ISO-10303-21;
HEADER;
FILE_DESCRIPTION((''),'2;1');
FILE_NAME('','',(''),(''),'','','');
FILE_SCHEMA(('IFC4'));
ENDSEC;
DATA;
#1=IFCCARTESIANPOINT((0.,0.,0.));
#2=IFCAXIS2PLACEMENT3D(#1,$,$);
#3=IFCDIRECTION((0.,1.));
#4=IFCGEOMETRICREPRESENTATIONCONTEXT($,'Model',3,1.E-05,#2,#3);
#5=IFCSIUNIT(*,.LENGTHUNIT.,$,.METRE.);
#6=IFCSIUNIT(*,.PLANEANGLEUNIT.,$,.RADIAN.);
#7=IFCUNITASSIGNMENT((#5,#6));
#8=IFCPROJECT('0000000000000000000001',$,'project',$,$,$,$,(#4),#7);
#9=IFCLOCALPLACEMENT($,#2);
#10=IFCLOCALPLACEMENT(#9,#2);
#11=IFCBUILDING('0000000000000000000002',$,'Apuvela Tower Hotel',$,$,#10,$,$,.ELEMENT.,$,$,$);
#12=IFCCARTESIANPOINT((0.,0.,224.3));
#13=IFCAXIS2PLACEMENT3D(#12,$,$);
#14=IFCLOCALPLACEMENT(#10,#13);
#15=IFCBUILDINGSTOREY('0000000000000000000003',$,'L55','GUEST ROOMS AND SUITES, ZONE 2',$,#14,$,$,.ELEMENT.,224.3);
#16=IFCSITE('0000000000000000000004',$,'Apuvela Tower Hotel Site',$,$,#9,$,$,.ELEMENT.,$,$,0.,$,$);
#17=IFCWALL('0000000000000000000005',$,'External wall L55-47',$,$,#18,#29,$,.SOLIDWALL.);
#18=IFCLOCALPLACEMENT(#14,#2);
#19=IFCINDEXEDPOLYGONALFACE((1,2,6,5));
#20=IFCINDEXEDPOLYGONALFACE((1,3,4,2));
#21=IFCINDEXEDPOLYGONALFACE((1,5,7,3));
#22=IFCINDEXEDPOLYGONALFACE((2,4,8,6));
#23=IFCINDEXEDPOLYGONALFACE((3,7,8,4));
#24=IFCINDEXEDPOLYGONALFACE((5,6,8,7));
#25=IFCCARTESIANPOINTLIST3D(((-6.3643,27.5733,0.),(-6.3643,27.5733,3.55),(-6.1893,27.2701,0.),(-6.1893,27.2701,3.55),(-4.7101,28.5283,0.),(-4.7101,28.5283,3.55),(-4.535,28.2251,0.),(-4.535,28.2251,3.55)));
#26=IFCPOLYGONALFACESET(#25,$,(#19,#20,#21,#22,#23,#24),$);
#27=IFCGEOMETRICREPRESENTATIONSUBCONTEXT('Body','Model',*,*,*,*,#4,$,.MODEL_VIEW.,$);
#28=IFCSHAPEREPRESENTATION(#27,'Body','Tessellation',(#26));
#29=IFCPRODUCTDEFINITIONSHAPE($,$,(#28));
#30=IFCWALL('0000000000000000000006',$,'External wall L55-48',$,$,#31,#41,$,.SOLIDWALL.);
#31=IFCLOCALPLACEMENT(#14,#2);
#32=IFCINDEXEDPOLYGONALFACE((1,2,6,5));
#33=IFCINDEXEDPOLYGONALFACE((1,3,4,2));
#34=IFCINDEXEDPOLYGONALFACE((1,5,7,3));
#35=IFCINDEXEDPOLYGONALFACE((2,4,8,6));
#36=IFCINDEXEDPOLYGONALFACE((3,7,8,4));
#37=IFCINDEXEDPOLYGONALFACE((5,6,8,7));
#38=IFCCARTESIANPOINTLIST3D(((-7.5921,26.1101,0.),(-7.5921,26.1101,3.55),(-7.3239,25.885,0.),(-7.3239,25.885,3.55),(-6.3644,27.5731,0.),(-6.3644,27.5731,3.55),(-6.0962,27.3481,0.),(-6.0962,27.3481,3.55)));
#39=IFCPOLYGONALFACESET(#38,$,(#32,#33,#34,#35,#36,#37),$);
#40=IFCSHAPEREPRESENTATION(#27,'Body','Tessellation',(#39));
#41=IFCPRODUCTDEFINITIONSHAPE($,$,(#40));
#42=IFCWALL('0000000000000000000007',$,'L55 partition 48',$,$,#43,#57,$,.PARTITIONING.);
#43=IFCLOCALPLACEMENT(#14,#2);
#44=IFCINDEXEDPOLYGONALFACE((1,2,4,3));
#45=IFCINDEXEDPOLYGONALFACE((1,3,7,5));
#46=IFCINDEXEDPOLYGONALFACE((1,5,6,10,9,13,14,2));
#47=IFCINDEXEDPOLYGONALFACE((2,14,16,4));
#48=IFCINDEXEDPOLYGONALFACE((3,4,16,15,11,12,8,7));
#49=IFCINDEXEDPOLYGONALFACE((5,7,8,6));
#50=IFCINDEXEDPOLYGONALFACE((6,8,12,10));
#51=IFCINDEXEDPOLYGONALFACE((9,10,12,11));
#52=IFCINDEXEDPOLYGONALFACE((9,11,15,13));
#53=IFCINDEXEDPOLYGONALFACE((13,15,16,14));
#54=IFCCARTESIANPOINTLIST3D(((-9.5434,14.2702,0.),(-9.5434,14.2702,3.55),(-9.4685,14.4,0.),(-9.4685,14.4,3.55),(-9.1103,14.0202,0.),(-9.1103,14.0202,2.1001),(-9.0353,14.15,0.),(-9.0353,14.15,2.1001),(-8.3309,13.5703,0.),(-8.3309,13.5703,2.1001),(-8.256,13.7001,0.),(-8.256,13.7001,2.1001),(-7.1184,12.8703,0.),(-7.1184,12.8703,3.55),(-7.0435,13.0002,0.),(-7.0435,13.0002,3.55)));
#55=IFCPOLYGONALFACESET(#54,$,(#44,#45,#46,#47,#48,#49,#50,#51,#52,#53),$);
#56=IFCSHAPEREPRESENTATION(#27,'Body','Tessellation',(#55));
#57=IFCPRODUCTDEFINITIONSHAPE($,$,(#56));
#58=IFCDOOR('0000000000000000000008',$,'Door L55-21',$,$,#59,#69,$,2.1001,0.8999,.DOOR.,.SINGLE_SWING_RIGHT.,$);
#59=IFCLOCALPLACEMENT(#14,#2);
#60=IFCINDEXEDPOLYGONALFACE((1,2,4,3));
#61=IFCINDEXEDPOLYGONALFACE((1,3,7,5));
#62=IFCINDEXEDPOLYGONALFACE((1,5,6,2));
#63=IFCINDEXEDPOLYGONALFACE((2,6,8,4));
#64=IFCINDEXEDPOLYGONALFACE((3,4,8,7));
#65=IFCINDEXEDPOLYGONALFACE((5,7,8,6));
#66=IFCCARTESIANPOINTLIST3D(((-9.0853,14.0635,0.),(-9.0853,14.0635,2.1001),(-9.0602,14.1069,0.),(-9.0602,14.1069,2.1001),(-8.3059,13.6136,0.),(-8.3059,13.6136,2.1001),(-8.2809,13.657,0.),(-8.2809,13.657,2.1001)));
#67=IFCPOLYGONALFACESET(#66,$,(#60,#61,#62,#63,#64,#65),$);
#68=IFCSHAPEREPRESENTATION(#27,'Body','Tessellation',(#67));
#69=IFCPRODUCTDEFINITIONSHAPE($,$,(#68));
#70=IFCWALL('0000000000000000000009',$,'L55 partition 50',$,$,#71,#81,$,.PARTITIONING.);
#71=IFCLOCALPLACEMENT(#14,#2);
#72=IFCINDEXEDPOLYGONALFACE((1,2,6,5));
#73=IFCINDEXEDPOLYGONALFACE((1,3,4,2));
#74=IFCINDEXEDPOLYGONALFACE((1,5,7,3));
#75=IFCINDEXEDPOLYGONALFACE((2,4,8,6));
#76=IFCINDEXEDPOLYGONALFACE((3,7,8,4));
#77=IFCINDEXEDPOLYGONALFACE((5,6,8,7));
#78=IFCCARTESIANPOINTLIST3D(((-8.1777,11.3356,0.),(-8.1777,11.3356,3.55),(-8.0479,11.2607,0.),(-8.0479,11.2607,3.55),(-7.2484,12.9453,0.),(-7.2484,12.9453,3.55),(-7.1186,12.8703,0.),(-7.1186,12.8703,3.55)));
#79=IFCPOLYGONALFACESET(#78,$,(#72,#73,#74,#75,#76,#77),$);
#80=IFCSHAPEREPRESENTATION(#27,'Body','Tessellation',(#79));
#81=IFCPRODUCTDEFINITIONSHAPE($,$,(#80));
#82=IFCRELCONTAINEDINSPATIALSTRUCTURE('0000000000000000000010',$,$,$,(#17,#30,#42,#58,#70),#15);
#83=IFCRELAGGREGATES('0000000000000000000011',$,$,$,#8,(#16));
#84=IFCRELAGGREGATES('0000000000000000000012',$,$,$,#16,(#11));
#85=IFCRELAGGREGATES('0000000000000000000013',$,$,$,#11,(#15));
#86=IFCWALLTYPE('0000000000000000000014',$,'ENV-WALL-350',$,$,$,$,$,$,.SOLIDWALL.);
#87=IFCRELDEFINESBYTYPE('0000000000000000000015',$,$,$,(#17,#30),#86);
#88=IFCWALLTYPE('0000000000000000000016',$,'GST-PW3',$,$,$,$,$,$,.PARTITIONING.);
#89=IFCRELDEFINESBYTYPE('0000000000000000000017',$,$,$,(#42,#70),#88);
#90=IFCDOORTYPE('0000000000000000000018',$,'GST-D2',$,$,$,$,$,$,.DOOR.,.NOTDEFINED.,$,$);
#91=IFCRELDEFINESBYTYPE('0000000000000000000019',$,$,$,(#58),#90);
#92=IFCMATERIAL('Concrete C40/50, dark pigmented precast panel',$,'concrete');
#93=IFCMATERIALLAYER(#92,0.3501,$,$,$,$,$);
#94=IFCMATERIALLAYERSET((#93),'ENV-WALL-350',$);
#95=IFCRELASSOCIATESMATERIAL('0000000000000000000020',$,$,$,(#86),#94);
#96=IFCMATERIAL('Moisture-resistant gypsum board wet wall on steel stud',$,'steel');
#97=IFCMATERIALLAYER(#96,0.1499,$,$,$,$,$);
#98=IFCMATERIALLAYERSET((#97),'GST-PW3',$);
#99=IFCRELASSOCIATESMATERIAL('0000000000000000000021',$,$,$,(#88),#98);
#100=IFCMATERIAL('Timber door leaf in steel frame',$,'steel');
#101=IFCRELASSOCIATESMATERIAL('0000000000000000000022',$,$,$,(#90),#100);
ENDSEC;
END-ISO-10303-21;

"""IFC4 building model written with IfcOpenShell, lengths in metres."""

from ifc_helpers import new_model, si_unit, direction, frame, frame_2d, origin, place, context, subcontext, project, spatial, rectangle, extrude, material, layer, layer_set, type_object, element, fill, save


model = new_model("IFC4")

# Units and contexts
model_context = context("Model", 3, precision=1e-05, world=origin(), true_north=direction((0.0, 1.0)))
body_context = subcontext(model_context, "Body", "Model", "MODEL_VIEW")
ifc_project = project(units=[si_unit("LENGTHUNIT", "METRE"), si_unit("PLANEANGLEUNIT", "RADIAN")], contexts=[model_context])

# Site, building, storey
site_placement = place(None, origin())
site = spatial("IfcSite", under=ifc_project, at=site_placement, Name="Apuvela Tower Hotel Site", CompositionType="ELEMENT", RefElevation=0.0)
building_placement = place(site_placement, origin())
building = spatial("IfcBuilding", under=site, at=building_placement, Name="Apuvela Tower Hotel", CompositionType="ELEMENT")
storey_placement = place(building_placement, frame((0.0, 0.0, 224.3)))
storey = spatial("IfcBuildingStorey", under=building, at=storey_placement, Name="L55", Description="GUEST ROOMS AND SUITES, ZONE 2", CompositionType="ELEMENT", Elevation=224.3)

# Shared definitions
ifc_material_1 = material(Name="Concrete C40/50, dark pigmented precast panel", Category="concrete")
ifc_layer_1 = layer(ifc_material_1, 0.3501)
ifc_layer_set_1 = layer_set([ifc_layer_1], Name="ENV-WALL-350")
wall_type_1 = type_object("IfcWallType", Name="ENV-WALL-350", PredefinedType="SOLIDWALL", material=ifc_layer_set_1)

# Walls
for number, where, z_axis, x_axis, name in (
    (1, (-4.6226, 28.3767, 0.0), (0.0, 0.0, 1.0), (-0.866032, -0.499988, 0.0), "External wall L55-47"),
):
    element("IfcWall", number, at=place(storey_placement, frame(where, z_axis=z_axis, x_axis=x_axis)), inside=storey, type_object=wall_type_1, Name=name, PredefinedType="SOLIDWALL", context=body_context, shape_type="SweptSolid", body=[
        extrude(rectangle(XDim=1.9102, YDim=0.3501, at=frame_2d((0.9551, 0.0))), origin(), (0.0, 0.0, 1.0), 3.55),
    ])
wall_1_placement = place(storey_placement, frame((-6.2302, 27.4607, 0.0), z_axis=(0.0, 0.0, 1.0), x_axis=(-0.642808, -0.766027, 0.0)))
element("IfcWall", 2, at=wall_1_placement, inside=storey, type_object=wall_type_1, Name="External wall L55-48", PredefinedType="SOLIDWALL", context=body_context, shape_type="SweptSolid", body=[
    extrude(rectangle(XDim=1.9099, YDim=0.3501, at=frame_2d((0.9551, 0.0))), origin(), (0.0, 0.0, 1.0), 3.55),
])

# Wall, opening, door
ifc_material_2 = material(Name="Moisture-resistant gypsum board wet wall on steel stud", Category="steel")
ifc_layer_2 = layer(ifc_material_2, 0.1499)
ifc_layer_set_2 = layer_set([ifc_layer_2], Name="GST-PW3")
wall_type_2 = type_object("IfcWallType", Name="GST-PW3", PredefinedType="PARTITIONING", material=ifc_layer_set_2)
wall_2_placement = place(storey_placement, frame((-7.0811, 12.9353, 0.0), z_axis=(0.0, 0.0, 1.0), x_axis=(-0.866056, 0.499946, 0.0)))
wall_2 = element("IfcWall", 3, at=wall_2_placement, inside=storey, type_object=wall_type_2, Name="L55 partition 48", PredefinedType="PARTITIONING", context=body_context, shape_type="SweptSolid", body=[
    extrude(rectangle(XDim=2.8, YDim=0.1499, at=frame_2d((1.3999, 0.0))), origin(), (0.0, 0.0, 1.0), 3.55),
])
opening_1_placement = place(wall_2_placement, frame((1.3999, 0.0, 0.0)))
opening_1 = element("IfcOpeningElement", 4, at=opening_1_placement, cuts=wall_2, PredefinedType="OPENING", context=body_context, shape_type="SweptSolid", body=[
    extrude(rectangle(XDim=0.8999, YDim=2.1001, at=frame_2d((0.45, 1.05))), frame((0.0, 0.085, 0.0), z_axis=(0.0, -1.0, 0.0), x_axis=(1.0, 0.0, 0.0)), (0.0, 0.0, 1.0), 0.1699),
])
ifc_material_3 = material(Name="Timber door leaf in steel frame", Category="steel")
door_type_1 = type_object("IfcDoorType", Name="GST-D2", OperationType="NOTDEFINED", PredefinedType="DOOR", material=ifc_material_3)
door_1_placement = place(opening_1_placement, origin())
door_1 = element("IfcDoor", 5, at=door_1_placement, inside=storey, type_object=door_type_1, Name="Door L55-21", OperationType="SINGLE_SWING_RIGHT", OverallHeight=2.1001, OverallWidth=0.8999, PredefinedType="DOOR", context=body_context, shape_type="SweptSolid", body=[
    extrude(rectangle(XDim=0.8999, YDim=2.1001, at=frame_2d((0.45, 1.05))), frame((0.0, 0.0249, 0.0), z_axis=(0.0, -1.0, 0.0), x_axis=(1.0, 0.0, 0.0)), (0.0, 0.0, 1.0), 0.05),
])
fill(opening_1, door_1)

# Wall
wall_3_placement = place(storey_placement, frame((-7.1836, 12.9077, 0.0), z_axis=(0.0, 0.0, 1.0), x_axis=(-0.499954, -0.866052, 0.0)))
element("IfcWall", 6, at=wall_3_placement, inside=storey, type_object=wall_type_2, Name="L55 partition 50", PredefinedType="PARTITIONING", context=body_context, shape_type="SweptSolid", body=[
    extrude(rectangle(XDim=1.8586, YDim=0.1499, at=frame_2d((0.9292, 0.0))), origin(), (0.0, 0.0, 1.0), 3.55),
])

save(model, "model.ifc")
